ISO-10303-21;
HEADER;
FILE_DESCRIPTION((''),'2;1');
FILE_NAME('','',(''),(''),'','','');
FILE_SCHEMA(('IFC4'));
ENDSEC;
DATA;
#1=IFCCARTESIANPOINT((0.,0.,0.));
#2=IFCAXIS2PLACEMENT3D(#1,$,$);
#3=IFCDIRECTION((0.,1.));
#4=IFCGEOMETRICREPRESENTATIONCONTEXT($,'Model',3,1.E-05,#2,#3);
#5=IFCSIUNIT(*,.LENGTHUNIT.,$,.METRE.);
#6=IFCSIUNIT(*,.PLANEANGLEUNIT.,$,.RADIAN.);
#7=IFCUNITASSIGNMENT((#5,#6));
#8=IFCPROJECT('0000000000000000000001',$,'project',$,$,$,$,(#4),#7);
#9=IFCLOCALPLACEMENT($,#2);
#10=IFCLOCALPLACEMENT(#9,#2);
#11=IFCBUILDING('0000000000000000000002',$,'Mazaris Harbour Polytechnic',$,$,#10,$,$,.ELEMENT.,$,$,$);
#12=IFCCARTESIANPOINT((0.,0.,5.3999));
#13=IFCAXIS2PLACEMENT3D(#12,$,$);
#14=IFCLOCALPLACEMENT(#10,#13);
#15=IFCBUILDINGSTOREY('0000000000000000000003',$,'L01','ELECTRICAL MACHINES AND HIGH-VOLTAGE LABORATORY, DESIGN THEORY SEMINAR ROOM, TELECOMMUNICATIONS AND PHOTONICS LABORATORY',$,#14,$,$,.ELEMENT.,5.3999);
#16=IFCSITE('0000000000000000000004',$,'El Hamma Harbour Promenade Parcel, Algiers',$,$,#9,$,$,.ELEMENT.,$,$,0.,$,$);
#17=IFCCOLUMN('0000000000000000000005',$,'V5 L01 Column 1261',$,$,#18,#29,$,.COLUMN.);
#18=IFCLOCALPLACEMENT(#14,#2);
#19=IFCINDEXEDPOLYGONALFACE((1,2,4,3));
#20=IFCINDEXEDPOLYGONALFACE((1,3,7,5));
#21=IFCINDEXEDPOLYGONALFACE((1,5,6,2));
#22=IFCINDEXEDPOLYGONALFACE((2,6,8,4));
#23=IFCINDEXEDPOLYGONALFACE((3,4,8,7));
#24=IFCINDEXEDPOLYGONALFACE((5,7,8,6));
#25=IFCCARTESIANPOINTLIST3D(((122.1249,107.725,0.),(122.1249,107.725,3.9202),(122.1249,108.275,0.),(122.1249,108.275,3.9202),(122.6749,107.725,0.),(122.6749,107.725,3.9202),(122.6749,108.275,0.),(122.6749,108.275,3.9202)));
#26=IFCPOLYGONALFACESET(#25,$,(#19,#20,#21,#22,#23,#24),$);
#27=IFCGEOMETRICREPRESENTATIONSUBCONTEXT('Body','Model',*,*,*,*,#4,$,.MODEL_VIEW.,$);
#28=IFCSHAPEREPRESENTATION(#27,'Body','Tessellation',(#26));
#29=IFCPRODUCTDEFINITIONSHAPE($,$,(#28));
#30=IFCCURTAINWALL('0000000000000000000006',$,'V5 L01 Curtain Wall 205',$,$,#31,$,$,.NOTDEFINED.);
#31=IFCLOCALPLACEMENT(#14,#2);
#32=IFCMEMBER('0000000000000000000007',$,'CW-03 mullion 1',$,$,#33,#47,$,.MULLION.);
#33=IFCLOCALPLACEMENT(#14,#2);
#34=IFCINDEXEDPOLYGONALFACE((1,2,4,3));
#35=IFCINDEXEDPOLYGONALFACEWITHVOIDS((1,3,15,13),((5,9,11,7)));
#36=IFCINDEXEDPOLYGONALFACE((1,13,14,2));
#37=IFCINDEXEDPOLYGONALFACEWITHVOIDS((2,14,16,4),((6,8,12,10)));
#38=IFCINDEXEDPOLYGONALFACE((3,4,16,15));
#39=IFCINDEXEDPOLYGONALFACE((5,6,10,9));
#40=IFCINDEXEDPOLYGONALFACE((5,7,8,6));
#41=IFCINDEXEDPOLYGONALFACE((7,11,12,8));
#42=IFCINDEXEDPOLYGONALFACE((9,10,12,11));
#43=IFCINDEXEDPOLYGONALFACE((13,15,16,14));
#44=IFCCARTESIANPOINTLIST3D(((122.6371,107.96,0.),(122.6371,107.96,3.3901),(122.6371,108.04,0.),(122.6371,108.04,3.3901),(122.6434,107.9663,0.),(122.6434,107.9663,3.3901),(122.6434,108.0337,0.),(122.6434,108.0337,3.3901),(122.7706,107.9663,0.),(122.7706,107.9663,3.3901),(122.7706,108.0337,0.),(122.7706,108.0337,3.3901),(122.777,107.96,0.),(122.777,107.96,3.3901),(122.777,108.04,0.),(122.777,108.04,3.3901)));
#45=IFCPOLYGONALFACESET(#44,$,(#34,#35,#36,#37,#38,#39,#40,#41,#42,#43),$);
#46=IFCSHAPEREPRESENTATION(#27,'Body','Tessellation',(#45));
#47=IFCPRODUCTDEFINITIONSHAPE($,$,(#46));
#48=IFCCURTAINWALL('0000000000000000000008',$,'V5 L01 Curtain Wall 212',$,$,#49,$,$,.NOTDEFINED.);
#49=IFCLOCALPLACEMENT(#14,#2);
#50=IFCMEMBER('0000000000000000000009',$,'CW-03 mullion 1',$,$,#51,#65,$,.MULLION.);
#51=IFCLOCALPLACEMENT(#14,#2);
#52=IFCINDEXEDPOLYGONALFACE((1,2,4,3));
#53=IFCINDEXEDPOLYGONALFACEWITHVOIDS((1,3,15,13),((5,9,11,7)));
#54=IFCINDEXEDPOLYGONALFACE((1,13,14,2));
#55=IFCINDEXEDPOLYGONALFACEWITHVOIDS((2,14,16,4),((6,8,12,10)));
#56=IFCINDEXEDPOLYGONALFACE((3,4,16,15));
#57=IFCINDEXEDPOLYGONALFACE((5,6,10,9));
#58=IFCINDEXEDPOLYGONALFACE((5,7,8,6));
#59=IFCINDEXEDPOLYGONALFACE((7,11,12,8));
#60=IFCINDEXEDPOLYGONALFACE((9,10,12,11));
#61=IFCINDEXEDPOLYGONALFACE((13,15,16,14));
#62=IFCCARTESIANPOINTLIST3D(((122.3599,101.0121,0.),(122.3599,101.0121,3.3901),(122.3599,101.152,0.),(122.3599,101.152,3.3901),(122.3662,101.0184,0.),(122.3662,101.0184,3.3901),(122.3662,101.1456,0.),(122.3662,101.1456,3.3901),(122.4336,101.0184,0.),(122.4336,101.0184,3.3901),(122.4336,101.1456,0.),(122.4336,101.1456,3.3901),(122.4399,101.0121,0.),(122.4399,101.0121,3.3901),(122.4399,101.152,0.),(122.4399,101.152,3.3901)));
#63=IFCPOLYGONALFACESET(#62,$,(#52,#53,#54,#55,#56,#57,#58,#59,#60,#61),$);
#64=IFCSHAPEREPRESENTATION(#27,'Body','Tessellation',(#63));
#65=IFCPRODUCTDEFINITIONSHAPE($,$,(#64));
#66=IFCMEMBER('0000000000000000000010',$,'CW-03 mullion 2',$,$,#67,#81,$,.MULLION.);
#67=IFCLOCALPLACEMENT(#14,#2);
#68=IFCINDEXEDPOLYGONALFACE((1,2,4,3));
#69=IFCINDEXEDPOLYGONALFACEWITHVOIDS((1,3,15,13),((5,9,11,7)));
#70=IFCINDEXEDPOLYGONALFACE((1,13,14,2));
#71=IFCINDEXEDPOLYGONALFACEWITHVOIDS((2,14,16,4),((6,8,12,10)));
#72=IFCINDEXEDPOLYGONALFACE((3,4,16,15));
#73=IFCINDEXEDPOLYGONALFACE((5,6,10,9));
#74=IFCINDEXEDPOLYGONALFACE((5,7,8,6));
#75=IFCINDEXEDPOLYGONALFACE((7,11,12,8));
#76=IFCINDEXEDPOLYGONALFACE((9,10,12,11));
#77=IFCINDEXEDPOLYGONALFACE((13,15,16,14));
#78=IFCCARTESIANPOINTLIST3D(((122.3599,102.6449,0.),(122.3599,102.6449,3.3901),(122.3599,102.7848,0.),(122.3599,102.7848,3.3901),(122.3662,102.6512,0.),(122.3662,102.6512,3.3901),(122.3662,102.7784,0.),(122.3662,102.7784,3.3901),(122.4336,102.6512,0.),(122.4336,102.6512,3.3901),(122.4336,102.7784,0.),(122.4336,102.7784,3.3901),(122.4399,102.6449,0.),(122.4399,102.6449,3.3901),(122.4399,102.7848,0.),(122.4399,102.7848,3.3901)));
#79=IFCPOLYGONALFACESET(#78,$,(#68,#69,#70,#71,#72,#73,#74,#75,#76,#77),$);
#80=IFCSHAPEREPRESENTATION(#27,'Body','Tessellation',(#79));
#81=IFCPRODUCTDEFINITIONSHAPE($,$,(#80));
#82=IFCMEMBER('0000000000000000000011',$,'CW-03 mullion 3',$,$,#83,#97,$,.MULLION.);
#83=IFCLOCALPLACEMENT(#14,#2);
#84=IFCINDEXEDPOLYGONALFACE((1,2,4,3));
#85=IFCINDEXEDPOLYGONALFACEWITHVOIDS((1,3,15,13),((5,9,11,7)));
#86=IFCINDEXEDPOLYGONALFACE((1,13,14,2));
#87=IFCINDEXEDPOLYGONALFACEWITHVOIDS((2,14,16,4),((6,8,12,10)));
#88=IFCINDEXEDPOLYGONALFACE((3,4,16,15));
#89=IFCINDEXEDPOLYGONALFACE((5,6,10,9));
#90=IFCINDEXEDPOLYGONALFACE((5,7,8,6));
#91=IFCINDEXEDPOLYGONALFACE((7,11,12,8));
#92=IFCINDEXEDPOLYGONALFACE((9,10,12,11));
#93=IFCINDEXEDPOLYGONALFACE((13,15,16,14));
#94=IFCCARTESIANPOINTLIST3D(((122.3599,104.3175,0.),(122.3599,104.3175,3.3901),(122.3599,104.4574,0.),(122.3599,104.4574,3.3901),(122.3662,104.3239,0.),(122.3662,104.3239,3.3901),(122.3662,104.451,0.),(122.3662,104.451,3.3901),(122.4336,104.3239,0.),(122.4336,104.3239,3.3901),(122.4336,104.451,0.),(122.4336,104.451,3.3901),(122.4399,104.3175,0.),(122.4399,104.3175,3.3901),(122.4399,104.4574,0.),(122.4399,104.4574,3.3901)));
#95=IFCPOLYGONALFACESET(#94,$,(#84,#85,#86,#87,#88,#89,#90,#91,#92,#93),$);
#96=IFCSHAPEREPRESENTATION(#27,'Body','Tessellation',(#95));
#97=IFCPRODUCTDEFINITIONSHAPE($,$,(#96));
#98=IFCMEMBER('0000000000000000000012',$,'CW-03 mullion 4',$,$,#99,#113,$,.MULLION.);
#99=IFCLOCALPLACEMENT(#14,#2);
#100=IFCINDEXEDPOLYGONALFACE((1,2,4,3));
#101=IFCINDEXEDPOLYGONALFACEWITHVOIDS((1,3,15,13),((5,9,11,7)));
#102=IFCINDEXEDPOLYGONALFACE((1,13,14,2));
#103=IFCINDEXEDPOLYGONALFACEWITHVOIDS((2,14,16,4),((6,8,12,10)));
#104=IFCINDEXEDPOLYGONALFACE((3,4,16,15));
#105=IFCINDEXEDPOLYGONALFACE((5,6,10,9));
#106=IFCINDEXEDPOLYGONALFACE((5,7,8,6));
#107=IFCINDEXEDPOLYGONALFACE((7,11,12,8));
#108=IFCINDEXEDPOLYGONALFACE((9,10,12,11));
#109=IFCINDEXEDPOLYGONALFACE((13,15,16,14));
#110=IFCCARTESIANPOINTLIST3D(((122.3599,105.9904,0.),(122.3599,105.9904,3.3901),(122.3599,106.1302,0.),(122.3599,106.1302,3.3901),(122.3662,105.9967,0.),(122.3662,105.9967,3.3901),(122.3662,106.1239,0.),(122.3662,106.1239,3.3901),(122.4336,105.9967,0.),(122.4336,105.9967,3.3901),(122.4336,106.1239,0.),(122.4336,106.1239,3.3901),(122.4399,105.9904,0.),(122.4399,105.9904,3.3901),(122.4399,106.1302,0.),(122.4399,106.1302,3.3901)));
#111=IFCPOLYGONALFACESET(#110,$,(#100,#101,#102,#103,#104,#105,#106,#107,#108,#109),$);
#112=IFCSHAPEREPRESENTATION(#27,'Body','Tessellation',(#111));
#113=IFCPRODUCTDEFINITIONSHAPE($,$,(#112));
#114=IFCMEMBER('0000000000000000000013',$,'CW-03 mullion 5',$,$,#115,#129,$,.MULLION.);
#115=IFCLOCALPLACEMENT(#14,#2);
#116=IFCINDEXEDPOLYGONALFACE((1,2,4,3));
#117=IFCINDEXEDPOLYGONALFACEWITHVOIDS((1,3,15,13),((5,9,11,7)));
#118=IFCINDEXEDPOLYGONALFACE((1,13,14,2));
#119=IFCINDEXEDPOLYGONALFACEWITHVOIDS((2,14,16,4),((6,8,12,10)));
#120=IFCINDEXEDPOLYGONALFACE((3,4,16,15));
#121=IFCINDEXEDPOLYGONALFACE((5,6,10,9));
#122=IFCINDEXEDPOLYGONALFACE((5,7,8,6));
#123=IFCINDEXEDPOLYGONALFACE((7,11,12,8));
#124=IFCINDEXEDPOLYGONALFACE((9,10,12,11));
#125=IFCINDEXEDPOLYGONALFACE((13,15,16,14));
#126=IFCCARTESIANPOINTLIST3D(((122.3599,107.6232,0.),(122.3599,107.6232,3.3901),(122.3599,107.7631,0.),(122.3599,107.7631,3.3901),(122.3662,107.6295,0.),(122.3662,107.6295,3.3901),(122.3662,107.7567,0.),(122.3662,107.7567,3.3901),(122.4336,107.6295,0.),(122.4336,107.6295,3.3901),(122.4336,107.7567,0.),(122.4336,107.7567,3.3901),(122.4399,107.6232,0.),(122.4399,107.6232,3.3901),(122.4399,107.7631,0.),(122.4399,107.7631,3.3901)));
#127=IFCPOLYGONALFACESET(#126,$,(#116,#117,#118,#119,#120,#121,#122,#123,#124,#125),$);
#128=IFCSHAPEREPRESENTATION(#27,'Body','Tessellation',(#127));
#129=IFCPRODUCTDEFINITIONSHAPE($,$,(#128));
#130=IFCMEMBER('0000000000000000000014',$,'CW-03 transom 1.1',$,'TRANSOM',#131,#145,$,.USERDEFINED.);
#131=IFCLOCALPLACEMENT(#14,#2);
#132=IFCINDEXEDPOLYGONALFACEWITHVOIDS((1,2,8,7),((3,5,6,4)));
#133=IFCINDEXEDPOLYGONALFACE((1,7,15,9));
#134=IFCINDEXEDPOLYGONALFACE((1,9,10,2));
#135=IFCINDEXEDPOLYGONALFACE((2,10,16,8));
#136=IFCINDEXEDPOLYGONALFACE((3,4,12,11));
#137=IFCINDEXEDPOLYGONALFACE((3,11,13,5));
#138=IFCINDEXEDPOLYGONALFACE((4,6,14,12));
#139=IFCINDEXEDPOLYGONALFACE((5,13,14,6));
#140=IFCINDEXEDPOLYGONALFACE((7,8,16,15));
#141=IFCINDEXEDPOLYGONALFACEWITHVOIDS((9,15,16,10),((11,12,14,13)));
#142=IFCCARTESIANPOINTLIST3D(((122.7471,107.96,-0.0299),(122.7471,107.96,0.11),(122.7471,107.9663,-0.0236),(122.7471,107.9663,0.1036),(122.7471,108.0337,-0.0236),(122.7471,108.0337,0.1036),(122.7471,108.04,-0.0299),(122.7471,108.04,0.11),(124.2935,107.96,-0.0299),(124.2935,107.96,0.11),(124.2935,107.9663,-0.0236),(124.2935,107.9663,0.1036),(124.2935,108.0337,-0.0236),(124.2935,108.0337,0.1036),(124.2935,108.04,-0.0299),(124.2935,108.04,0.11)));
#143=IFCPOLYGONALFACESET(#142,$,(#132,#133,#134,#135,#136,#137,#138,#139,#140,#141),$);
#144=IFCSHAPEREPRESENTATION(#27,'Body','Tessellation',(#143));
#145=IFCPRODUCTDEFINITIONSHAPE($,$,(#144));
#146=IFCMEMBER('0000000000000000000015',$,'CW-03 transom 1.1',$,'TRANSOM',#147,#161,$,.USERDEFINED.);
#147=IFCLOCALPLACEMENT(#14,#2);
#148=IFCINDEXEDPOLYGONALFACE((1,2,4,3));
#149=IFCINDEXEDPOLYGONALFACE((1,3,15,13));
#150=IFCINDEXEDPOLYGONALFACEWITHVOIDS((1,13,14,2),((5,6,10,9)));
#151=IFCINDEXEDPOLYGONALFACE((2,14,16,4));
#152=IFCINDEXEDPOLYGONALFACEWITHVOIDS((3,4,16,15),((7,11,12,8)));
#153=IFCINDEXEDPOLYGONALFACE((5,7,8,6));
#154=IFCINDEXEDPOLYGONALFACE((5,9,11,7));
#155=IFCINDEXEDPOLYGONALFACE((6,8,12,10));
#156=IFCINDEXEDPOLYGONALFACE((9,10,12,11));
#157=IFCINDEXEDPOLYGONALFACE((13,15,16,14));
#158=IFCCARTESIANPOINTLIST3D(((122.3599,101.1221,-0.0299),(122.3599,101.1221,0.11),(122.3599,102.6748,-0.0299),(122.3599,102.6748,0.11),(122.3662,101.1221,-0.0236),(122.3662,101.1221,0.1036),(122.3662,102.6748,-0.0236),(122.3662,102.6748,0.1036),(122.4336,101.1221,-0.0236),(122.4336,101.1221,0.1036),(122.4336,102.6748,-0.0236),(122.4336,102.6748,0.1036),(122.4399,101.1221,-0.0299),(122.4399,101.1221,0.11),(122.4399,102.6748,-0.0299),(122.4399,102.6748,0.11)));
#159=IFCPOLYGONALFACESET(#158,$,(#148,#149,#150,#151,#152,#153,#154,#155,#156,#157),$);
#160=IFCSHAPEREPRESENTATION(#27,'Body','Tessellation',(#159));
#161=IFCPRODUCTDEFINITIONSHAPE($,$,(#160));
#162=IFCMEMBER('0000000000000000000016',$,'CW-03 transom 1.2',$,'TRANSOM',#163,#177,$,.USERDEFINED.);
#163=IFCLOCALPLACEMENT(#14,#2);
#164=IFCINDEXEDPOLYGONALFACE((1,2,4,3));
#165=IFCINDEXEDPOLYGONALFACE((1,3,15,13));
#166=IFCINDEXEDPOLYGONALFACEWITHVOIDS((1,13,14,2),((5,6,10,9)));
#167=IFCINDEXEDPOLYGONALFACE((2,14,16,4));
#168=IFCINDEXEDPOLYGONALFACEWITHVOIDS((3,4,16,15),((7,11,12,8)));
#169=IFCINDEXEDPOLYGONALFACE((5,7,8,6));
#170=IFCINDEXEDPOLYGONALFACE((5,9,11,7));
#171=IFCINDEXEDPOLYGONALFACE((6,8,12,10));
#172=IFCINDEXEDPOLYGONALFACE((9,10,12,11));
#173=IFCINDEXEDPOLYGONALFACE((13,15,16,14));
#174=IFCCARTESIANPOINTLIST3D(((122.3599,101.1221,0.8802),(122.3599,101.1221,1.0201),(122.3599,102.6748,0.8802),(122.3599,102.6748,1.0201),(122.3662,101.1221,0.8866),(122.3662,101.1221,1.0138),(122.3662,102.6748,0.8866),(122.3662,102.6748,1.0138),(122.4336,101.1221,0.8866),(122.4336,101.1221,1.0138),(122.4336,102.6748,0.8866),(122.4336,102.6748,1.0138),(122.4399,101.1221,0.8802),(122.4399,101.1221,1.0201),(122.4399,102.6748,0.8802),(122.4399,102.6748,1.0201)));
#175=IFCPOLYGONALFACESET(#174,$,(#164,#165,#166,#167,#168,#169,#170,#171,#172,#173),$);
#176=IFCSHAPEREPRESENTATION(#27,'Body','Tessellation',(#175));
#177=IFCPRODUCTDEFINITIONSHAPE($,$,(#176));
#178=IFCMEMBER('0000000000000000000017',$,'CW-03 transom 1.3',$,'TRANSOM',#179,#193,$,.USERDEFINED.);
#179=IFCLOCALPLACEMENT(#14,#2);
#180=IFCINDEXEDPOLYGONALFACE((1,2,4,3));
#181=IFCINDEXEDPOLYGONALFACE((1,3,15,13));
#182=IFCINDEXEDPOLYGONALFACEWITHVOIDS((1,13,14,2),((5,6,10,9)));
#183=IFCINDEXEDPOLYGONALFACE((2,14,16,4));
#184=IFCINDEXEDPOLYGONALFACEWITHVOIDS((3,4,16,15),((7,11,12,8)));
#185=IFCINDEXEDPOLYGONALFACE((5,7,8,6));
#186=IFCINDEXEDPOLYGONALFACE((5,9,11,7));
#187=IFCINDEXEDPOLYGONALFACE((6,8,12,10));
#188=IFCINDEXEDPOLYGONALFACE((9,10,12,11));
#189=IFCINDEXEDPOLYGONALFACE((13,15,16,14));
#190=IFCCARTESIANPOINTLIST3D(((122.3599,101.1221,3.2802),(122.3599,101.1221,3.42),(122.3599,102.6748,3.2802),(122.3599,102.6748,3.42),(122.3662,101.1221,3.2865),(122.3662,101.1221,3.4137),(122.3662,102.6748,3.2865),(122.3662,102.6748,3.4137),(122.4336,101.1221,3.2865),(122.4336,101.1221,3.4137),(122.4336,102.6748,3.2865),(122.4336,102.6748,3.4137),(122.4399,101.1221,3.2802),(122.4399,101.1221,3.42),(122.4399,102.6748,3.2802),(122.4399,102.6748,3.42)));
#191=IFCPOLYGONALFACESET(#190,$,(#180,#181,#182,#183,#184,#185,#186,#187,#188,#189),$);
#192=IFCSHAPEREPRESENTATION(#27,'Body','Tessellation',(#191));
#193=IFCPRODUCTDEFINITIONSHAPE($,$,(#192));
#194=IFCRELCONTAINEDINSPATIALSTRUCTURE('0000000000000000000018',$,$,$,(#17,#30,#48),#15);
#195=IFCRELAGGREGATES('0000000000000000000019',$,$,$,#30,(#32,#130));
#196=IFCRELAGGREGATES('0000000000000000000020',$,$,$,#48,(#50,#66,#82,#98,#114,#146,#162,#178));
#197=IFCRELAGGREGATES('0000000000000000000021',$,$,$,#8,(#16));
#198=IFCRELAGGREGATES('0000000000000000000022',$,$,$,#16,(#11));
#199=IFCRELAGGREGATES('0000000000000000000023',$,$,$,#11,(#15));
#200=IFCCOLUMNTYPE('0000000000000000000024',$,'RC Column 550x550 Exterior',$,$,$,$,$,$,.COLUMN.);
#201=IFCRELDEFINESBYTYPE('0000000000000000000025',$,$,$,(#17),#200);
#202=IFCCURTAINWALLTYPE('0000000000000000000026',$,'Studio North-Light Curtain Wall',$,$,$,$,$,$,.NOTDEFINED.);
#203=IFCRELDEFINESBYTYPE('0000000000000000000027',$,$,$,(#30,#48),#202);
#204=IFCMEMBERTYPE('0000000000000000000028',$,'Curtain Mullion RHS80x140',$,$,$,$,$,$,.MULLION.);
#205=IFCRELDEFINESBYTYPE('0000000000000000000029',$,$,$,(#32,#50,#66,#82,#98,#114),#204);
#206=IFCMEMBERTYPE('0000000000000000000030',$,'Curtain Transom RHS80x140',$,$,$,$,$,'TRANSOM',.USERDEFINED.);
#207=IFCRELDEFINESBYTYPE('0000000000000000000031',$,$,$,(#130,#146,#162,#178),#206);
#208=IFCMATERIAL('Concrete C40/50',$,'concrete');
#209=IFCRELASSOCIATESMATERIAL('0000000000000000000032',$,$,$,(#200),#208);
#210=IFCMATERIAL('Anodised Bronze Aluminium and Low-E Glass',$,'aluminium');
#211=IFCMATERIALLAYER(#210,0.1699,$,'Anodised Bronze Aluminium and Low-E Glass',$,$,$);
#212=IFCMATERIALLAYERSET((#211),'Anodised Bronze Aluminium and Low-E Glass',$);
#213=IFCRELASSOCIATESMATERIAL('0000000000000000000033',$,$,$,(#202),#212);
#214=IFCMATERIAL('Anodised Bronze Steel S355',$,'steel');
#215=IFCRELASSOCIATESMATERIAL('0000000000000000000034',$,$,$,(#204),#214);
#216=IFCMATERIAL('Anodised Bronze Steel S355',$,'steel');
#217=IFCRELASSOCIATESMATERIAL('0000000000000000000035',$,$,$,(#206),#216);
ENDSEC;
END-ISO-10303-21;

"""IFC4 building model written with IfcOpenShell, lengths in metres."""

from ifc_helpers import new_model, si_unit, direction, frame, origin, origin_2d, place, context, subcontext, project, spatial, rectangle, hollow_rectangle, extrude, material, layer, layer_set, material_profile, profile_set, type_object, element, aggregate, save


model = new_model("IFC4")

# Units and contexts
model_context = context("Model", 3, precision=1e-05, world=origin(), true_north=direction((0.0, 1.0)))
body_context = subcontext(model_context, "Body", "Model", "MODEL_VIEW")
ifc_project = project(units=[si_unit("LENGTHUNIT", "METRE"), si_unit("PLANEANGLEUNIT", "RADIAN")], contexts=[model_context])

# Site, building, storey
site_placement = place(None, origin())
site = spatial("IfcSite", under=ifc_project, at=site_placement, Name="El Hamma Harbour Promenade Parcel, Algiers", CompositionType="ELEMENT", RefElevation=0.0)
building_placement = place(site_placement, origin())
building = spatial("IfcBuilding", under=site, at=building_placement, Name="Mazaris Harbour Polytechnic", CompositionType="ELEMENT")
storey_placement = place(building_placement, frame((0.0, 0.0, 5.3999)))
storey = spatial("IfcBuildingStorey", under=building, at=storey_placement, Name="L01", Description="ELECTRICAL MACHINES AND HIGH-VOLTAGE LABORATORY, DESIGN THEORY SEMINAR ROOM, TELECOMMUNICATIONS AND PHOTONICS LABORATORY", CompositionType="ELEMENT", Elevation=5.3999)

# Column
ifc_material_1 = material(Name="Concrete C40/50", Category="concrete")
ifc_material_profile_1 = material_profile(ifc_material_1, rectangle(XDim=0.55, YDim=0.55, at=origin_2d()), Name="RECT550x550")
ifc_profile_set_1 = profile_set([ifc_material_profile_1], Name="Concrete C40/50")
column_type = type_object("IfcColumnType", Name="RC Column 550x550 Exterior", PredefinedType="COLUMN", material=ifc_profile_set_1)
column_placement = place(storey_placement, frame((122.3999, 108.0, 0.0), z_axis=(0.0, 0.0, 1.0), x_axis=(1.0, 0.0, 0.0)))
element("IfcColumn", 1, at=column_placement, inside=storey, type_object=column_type, Name="V5 L01 Column 1261", PredefinedType="COLUMN", context=body_context, shape_type="SweptSolid", body=[
    extrude(rectangle(XDim=0.55, YDim=0.55, at=origin_2d()), origin(), (0.0, 0.0, 1.0), 3.9202),
])

# Curtain wall, member
ifc_material_2 = material(Name="Anodised Bronze Aluminium and Low-E Glass", Category="aluminium")
ifc_layer_1 = layer(ifc_material_2, 0.1699, Name="Anodised Bronze Aluminium and Low-E Glass")
ifc_layer_set_1 = layer_set([ifc_layer_1], Name="Anodised Bronze Aluminium and Low-E Glass")
curtain_wall_type = type_object("IfcCurtainWallType", Name="Studio North-Light Curtain Wall", PredefinedType="NOTDEFINED", material=ifc_layer_set_1)
curtain_wall_1_placement = place(storey_placement, origin())
curtain_wall_1 = element("IfcCurtainWall", 2, at=curtain_wall_1_placement, inside=storey, type_object=curtain_wall_type, Name="V5 L01 Curtain Wall 205", PredefinedType="NOTDEFINED")
ifc_material_3 = material(Name="Anodised Bronze Steel S355", Category="steel")
ifc_material_profile_2 = material_profile(ifc_material_3, hollow_rectangle(XDim=0.0801, YDim=0.1399, WallThickness=0.0063, at=origin_2d()), Name="RHS 80x140x6.3")
ifc_profile_set_2 = profile_set([ifc_material_profile_2], Name="Anodised Bronze Steel S355")
member_type_1 = type_object("IfcMemberType", Name="Curtain Mullion RHS80x140", PredefinedType="MULLION", material=ifc_profile_set_2)
member_1_placement = place(storey_placement, frame((122.707, 108.0, 0.0), z_axis=(0.0, 0.0, 1.0), x_axis=(0.0, 1.0, 0.0)))
member_1 = element("IfcMember", 3, at=member_1_placement, type_object=member_type_1, Name="CW-03 mullion 1", PredefinedType="MULLION", context=body_context, shape_type="SweptSolid", body=[
    extrude(hollow_rectangle(XDim=0.0801, YDim=0.1399, WallThickness=0.0063, at=origin_2d()), origin(), (0.0, 0.0, 1.0), 3.3901),
])

# Curtain wall, members
curtain_wall_2_placement = place(storey_placement, origin())
curtain_wall_2 = element("IfcCurtainWall", 4, at=curtain_wall_2_placement, inside=storey, type_object=curtain_wall_type, Name="V5 L01 Curtain Wall 212", PredefinedType="NOTDEFINED")
member_2_placement = place(storey_placement, frame((122.3999, 101.082, 0.0), z_axis=(0.0, 0.0, 1.0), x_axis=(-1.0, 0.0, 0.0)))
member_2 = element("IfcMember", 5, at=member_2_placement, type_object=member_type_1, Name="CW-03 mullion 1", PredefinedType="MULLION", context=body_context, shape_type="SweptSolid", body=[
    extrude(hollow_rectangle(XDim=0.0801, YDim=0.1399, WallThickness=0.0063, at=origin_2d()), origin(), (0.0, 0.0, 1.0), 3.3901),
])
member_3_placement = place(storey_placement, frame((122.3999, 102.7148, 0.0), z_axis=(0.0, 0.0, 1.0), x_axis=(-1.0, 0.0, 0.0)))
member_3 = element("IfcMember", 6, at=member_3_placement, type_object=member_type_1, Name="CW-03 mullion 2", PredefinedType="MULLION", context=body_context, shape_type="SweptSolid", body=[
    extrude(hollow_rectangle(XDim=0.0801, YDim=0.1399, WallThickness=0.0063, at=origin_2d()), origin(), (0.0, 0.0, 1.0), 3.3901),
])
member_4_placement = place(storey_placement, frame((122.3999, 104.3875, 0.0), z_axis=(0.0, 0.0, 1.0), x_axis=(-1.0, 0.0, 0.0)))
member_4 = element("IfcMember", 7, at=member_4_placement, type_object=member_type_1, Name="CW-03 mullion 3", PredefinedType="MULLION", context=body_context, shape_type="SweptSolid", body=[
    extrude(hollow_rectangle(XDim=0.0801, YDim=0.1399, WallThickness=0.0063, at=origin_2d()), origin(), (0.0, 0.0, 1.0), 3.3901),
])
member_5_placement = place(storey_placement, frame((122.3999, 106.0603, 0.0), z_axis=(0.0, 0.0, 1.0), x_axis=(-1.0, 0.0, 0.0)))
member_5 = element("IfcMember", 8, at=member_5_placement, type_object=member_type_1, Name="CW-03 mullion 4", PredefinedType="MULLION", context=body_context, shape_type="SweptSolid", body=[
    extrude(hollow_rectangle(XDim=0.0801, YDim=0.1399, WallThickness=0.0063, at=origin_2d()), origin(), (0.0, 0.0, 1.0), 3.3901),
])
member_6_placement = place(storey_placement, frame((122.3999, 107.6931, 0.0), z_axis=(0.0, 0.0, 1.0), x_axis=(-1.0, 0.0, 0.0)))
member_6 = element("IfcMember", 9, at=member_6_placement, type_object=member_type_1, Name="CW-03 mullion 5", PredefinedType="MULLION", context=body_context, shape_type="SweptSolid", body=[
    extrude(hollow_rectangle(XDim=0.0801, YDim=0.1399, WallThickness=0.0063, at=origin_2d()), origin(), (0.0, 0.0, 1.0), 3.3901),
])

# Members
ifc_material_4 = material(Name="Anodised Bronze Steel S355", Category="steel")
ifc_material_profile_3 = material_profile(ifc_material_4, hollow_rectangle(XDim=0.0801, YDim=0.1399, WallThickness=0.0063, at=origin_2d()), Name="RHS 80x140x6.3")
ifc_profile_set_3 = profile_set([ifc_material_profile_3], Name="Anodised Bronze Steel S355")
member_type_2 = type_object("IfcMemberType", Name="Curtain Transom RHS80x140", ElementType="TRANSOM", PredefinedType="USERDEFINED", material=ifc_profile_set_3)
member_7_placement = place(storey_placement, frame((122.7471, 108.0, 0.04), z_axis=(1.0, 0.0, 0.0), x_axis=(0.0, 1.0, 0.0)))
member_7 = element("IfcMember", 10, at=member_7_placement, type_object=member_type_2, Name="CW-03 transom 1.1", ObjectType="TRANSOM", PredefinedType="USERDEFINED", context=body_context, shape_type="SweptSolid", body=[
    extrude(hollow_rectangle(XDim=0.0801, YDim=0.1399, WallThickness=0.0063, at=origin_2d()), origin(), (0.0, 0.0, 1.0), 1.5464),
])
aggregate(curtain_wall_1, [member_1, member_7])
member_8_placement = place(storey_placement, frame((122.3999, 101.1221, 0.04), z_axis=(0.0, 1.0, 0.0), x_axis=(-1.0, 0.0, 0.0)))
member_8 = element("IfcMember", 11, at=member_8_placement, type_object=member_type_2, Name="CW-03 transom 1.1", ObjectType="TRANSOM", PredefinedType="USERDEFINED", context=body_context, shape_type="SweptSolid", body=[
    extrude(hollow_rectangle(XDim=0.0801, YDim=0.1399, WallThickness=0.0063, at=origin_2d()), origin(), (0.0, 0.0, 1.0), 1.5527),
])
member_9_placement = place(storey_placement, frame((122.3999, 101.1221, 0.9502), z_axis=(0.0, 1.0, 0.0), x_axis=(-1.0, 0.0, 0.0)))
member_9 = element("IfcMember", 12, at=member_9_placement, type_object=member_type_2, Name="CW-03 transom 1.2", ObjectType="TRANSOM", PredefinedType="USERDEFINED", context=body_context, shape_type="SweptSolid", body=[
    extrude(hollow_rectangle(XDim=0.0801, YDim=0.1399, WallThickness=0.0063, at=origin_2d()), origin(), (0.0, 0.0, 1.0), 1.5527),
])
member_10_placement = place(storey_placement, frame((122.3999, 101.1221, 3.3501), z_axis=(0.0, 1.0, 0.0), x_axis=(-1.0, 0.0, 0.0)))
member_10 = element("IfcMember", 13, at=member_10_placement, type_object=member_type_2, Name="CW-03 transom 1.3", ObjectType="TRANSOM", PredefinedType="USERDEFINED", context=body_context, shape_type="SweptSolid", body=[
    extrude(hollow_rectangle(XDim=0.0801, YDim=0.1399, WallThickness=0.0063, at=origin_2d()), origin(), (0.0, 0.0, 1.0), 1.5527),
])

aggregate(curtain_wall_2, [member_2, member_3, member_4, member_5, member_6, member_8, member_9, member_10])

save(model, "model.ifc")
